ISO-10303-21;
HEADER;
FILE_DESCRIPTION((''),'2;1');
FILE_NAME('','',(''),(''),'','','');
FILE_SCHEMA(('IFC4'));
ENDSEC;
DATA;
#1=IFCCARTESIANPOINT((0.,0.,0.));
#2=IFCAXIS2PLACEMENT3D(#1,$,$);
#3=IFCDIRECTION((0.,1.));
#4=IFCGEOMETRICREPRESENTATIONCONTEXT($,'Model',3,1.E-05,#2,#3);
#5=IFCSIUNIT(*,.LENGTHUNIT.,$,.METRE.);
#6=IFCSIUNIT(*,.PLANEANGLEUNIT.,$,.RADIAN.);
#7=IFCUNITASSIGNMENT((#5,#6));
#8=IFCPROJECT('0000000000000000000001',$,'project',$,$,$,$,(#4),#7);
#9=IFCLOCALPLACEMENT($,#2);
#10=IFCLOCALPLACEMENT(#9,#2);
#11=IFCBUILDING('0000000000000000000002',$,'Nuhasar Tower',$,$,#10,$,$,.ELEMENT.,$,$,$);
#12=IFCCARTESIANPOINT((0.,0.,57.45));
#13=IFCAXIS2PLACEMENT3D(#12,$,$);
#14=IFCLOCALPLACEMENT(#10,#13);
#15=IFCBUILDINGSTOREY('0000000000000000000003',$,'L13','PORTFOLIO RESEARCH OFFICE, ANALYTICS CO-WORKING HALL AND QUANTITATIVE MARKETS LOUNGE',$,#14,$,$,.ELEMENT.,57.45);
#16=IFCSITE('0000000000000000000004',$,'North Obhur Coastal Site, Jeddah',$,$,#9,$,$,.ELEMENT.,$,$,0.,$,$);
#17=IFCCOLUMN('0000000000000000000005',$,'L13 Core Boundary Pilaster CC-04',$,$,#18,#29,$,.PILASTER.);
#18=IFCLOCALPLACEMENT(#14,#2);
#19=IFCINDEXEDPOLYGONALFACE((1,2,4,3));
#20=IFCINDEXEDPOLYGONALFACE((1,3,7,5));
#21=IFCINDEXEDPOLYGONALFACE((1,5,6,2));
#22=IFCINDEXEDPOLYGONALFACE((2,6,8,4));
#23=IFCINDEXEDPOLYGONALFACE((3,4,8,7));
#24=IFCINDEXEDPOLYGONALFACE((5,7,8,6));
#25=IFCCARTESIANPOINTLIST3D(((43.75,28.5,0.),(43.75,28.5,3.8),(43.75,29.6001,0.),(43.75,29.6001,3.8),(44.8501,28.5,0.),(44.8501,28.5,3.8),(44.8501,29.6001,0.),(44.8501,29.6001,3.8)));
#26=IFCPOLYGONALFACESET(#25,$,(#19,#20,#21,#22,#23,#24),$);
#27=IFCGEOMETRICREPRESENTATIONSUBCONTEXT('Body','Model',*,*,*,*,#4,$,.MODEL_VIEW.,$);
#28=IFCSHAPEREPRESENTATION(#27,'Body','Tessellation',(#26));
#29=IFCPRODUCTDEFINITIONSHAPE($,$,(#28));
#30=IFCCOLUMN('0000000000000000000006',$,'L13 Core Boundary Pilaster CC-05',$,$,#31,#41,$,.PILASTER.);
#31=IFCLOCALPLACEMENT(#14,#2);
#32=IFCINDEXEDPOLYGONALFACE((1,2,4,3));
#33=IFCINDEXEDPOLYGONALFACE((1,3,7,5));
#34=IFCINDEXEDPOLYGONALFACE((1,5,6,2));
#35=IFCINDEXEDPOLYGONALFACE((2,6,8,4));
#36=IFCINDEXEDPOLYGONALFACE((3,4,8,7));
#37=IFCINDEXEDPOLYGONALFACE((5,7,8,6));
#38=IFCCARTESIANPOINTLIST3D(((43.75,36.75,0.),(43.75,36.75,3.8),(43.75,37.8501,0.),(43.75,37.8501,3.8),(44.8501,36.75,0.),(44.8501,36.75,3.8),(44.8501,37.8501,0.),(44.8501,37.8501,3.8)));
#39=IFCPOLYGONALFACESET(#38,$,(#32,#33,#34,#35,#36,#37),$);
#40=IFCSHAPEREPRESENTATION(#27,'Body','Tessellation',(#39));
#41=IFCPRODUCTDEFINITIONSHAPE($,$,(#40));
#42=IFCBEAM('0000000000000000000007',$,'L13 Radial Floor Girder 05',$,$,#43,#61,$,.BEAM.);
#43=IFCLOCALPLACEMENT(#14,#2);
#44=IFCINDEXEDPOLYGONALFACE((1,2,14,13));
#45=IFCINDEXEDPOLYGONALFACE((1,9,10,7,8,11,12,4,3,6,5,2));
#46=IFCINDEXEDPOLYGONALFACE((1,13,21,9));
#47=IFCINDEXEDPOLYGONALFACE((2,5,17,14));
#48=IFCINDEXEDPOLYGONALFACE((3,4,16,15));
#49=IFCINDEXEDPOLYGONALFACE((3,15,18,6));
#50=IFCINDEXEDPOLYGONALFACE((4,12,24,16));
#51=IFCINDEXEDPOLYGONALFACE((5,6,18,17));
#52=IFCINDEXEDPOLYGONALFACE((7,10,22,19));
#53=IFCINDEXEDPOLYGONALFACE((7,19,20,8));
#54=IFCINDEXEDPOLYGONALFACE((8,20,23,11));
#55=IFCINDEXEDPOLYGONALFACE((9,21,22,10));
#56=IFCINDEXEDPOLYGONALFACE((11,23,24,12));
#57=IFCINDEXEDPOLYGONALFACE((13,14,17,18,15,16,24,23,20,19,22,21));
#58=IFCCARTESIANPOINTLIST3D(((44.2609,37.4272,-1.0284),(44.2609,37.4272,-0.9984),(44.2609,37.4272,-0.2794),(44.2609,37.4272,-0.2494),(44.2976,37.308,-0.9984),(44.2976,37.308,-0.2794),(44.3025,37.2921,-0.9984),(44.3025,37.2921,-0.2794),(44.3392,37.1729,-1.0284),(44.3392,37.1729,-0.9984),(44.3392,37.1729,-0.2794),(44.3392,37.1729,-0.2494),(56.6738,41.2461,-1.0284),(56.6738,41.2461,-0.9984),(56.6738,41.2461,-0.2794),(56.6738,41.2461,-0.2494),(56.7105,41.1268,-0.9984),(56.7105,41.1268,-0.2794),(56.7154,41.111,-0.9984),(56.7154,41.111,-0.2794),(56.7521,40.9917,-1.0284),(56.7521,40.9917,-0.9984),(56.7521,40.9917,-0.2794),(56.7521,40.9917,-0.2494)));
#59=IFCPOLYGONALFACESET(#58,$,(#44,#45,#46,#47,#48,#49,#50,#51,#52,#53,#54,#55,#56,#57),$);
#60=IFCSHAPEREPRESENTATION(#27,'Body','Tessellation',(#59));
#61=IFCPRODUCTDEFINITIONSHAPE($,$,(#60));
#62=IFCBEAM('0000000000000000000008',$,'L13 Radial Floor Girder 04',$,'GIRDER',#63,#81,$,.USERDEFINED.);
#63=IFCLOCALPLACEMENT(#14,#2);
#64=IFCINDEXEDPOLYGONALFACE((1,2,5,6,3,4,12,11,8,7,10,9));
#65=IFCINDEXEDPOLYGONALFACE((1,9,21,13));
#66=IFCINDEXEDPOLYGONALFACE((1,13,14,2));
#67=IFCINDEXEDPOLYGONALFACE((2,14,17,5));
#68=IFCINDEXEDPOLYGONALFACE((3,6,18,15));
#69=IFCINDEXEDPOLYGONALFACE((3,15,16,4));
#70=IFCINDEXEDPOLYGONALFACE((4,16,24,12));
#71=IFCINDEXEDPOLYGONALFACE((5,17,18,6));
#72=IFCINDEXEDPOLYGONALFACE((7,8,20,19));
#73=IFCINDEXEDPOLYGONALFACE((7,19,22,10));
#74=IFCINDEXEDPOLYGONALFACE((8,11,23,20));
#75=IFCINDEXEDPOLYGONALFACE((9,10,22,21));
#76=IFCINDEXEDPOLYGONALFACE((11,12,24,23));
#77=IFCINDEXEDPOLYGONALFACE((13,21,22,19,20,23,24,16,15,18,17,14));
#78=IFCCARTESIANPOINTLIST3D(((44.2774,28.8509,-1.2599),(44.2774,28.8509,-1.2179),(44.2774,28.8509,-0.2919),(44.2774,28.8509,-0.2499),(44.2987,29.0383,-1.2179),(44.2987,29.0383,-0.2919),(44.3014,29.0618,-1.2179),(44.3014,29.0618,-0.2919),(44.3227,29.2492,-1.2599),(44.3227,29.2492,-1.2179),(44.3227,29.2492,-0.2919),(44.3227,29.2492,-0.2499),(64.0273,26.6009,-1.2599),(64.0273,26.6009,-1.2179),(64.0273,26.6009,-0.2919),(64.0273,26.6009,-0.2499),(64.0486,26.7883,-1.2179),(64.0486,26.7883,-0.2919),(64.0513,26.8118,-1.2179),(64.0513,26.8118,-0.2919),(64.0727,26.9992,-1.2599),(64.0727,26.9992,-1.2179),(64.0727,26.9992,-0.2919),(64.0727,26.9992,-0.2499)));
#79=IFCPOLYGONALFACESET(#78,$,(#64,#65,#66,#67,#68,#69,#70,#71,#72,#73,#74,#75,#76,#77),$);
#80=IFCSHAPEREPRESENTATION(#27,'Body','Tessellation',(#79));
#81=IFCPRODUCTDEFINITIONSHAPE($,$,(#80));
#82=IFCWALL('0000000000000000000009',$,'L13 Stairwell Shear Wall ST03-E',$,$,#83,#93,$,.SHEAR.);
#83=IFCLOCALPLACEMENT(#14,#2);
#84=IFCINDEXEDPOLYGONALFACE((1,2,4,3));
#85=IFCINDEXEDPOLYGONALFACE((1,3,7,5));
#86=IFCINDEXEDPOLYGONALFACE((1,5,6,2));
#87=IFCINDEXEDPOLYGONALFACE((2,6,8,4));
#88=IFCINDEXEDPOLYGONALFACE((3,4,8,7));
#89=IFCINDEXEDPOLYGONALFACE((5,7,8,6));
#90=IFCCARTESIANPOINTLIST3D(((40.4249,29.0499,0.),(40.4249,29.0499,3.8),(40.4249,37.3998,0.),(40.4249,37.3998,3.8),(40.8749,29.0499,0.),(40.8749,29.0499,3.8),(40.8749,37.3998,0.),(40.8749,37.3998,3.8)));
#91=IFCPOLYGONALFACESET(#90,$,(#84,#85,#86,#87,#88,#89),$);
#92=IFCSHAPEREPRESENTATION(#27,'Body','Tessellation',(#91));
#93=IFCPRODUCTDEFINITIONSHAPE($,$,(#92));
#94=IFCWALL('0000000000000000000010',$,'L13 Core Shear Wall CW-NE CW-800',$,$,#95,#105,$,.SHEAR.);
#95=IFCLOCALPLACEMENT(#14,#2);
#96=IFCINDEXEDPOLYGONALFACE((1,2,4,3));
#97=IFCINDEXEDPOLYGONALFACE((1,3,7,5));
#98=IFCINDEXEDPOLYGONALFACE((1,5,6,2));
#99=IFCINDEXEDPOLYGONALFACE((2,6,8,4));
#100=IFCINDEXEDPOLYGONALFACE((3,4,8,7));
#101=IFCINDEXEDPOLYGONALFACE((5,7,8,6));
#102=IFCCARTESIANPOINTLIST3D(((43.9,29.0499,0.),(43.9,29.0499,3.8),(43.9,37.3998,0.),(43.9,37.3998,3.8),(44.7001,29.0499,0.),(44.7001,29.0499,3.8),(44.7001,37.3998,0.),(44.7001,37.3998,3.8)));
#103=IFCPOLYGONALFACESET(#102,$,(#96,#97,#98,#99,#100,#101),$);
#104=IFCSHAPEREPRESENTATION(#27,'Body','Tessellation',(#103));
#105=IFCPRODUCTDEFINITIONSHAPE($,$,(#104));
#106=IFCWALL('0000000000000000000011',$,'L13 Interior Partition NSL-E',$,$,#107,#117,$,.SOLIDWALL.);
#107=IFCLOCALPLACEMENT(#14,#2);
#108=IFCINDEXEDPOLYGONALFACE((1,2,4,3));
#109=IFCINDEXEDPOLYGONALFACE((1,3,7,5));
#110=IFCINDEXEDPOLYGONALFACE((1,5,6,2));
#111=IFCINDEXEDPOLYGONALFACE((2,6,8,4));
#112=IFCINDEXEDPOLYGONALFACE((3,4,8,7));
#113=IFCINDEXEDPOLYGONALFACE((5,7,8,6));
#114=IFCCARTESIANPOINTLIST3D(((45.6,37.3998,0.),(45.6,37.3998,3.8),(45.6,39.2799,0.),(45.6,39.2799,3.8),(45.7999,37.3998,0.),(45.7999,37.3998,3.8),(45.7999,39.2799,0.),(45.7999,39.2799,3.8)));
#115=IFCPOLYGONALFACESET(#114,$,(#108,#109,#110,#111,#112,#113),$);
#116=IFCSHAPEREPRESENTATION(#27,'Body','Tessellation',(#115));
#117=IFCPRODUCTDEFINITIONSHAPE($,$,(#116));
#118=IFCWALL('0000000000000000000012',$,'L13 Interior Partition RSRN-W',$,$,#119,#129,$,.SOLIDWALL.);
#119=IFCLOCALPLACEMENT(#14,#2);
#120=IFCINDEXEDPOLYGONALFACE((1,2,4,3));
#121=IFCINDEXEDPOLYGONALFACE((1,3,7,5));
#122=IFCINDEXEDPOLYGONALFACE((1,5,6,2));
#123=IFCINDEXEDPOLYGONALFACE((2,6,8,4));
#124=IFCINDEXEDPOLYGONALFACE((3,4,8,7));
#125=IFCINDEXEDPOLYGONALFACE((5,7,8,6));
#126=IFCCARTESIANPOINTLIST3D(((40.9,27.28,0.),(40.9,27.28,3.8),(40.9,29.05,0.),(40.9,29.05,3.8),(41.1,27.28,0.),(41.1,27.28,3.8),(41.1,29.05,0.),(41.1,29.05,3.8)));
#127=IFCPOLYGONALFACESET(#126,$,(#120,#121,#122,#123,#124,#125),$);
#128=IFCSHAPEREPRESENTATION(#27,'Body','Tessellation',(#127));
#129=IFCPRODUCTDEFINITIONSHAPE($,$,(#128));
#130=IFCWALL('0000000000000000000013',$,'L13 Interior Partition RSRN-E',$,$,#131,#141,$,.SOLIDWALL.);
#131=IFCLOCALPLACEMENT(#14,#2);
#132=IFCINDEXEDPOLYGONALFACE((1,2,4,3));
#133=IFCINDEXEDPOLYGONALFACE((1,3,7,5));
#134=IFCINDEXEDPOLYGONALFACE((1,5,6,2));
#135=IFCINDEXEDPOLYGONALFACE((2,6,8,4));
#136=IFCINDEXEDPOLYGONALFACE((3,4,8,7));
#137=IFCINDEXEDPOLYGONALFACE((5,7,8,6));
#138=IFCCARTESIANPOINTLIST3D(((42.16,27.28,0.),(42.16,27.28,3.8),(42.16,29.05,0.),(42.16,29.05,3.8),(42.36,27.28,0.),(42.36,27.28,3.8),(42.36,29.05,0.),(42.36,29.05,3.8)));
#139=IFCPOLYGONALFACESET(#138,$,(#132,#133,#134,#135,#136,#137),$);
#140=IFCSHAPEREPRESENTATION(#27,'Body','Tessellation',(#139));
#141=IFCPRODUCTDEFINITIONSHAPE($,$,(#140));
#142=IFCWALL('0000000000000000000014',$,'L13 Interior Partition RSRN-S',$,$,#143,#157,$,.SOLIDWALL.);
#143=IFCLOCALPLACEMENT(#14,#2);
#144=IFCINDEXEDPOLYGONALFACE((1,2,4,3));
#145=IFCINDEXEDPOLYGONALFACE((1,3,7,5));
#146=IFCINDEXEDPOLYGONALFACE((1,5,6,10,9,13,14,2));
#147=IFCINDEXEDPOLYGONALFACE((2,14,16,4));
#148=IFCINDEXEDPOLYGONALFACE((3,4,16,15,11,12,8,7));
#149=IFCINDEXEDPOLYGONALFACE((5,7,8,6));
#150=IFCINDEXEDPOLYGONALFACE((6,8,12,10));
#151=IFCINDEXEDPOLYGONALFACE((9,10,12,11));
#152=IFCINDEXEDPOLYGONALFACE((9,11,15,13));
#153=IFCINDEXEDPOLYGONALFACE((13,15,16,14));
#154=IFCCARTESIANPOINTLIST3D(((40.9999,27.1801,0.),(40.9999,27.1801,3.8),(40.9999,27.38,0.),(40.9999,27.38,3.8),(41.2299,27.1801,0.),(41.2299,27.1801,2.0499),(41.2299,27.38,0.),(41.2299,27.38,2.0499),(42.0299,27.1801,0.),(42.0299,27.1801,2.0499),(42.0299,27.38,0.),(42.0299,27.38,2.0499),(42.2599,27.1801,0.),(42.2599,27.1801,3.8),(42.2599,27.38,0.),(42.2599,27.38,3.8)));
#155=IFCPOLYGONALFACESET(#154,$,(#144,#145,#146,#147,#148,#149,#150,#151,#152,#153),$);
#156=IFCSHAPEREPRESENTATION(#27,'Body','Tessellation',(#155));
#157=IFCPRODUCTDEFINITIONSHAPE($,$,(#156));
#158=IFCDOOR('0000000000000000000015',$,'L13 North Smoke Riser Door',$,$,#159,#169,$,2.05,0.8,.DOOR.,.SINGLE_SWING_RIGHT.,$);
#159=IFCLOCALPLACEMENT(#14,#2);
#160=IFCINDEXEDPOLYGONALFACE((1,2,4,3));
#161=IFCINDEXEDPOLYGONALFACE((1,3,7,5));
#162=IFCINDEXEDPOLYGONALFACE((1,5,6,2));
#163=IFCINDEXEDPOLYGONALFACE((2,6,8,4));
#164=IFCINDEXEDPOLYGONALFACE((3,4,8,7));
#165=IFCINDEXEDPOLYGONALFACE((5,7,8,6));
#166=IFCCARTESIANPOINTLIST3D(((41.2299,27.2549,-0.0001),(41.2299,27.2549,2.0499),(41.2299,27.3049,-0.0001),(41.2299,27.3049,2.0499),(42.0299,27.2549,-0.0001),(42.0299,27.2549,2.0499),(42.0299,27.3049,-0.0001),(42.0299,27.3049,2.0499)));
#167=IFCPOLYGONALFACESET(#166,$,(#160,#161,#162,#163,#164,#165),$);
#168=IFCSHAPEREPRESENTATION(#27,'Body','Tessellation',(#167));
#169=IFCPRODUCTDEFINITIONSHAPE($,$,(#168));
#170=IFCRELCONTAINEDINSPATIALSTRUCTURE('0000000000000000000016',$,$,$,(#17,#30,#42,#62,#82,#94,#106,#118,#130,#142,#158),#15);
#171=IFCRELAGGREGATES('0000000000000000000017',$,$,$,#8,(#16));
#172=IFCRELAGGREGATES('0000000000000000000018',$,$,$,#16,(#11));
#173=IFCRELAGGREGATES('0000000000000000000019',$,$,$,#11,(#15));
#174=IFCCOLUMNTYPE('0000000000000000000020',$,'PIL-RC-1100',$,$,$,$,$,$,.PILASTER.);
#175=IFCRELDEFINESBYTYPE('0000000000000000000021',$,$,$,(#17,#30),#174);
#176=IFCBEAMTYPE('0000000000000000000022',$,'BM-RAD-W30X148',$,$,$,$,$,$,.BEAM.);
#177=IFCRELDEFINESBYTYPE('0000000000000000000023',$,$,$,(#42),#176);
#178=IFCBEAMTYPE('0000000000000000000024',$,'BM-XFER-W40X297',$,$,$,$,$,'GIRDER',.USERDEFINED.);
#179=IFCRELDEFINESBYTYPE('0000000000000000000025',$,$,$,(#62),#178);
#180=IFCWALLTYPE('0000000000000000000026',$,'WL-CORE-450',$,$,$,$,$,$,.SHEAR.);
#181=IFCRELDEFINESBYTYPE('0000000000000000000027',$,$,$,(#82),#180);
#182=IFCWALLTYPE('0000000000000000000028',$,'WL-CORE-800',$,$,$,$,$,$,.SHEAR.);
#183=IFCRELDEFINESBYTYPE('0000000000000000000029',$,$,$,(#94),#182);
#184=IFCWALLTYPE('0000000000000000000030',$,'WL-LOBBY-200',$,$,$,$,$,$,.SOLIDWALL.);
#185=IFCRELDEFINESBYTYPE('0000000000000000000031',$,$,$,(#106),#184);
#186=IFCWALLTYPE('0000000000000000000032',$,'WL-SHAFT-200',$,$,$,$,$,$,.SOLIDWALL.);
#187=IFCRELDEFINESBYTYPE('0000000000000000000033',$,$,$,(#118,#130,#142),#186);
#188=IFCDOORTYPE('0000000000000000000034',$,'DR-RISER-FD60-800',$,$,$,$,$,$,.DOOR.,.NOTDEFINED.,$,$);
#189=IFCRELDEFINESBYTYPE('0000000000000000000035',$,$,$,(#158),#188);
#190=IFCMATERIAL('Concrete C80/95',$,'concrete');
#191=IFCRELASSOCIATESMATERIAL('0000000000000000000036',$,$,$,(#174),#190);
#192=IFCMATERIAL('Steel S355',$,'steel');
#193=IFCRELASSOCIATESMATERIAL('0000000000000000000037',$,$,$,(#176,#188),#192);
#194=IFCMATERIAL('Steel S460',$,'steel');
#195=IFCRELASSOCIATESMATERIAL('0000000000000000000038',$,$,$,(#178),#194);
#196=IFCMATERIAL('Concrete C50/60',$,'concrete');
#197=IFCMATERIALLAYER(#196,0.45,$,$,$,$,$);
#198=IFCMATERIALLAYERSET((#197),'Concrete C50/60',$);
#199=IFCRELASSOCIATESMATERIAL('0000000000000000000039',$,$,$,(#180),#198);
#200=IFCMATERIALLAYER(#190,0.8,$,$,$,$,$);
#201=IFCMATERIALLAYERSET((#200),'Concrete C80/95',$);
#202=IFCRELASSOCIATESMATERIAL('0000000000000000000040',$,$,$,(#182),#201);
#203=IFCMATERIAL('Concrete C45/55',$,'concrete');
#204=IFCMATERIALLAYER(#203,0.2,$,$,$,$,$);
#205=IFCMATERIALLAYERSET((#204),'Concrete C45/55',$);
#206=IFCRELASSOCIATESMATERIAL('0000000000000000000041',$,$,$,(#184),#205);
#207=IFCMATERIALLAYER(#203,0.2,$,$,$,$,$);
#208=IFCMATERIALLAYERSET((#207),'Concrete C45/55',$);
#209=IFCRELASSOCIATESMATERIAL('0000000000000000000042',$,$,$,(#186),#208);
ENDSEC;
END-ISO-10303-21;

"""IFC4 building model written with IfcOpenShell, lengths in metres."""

from ifc_helpers import new_model, si_unit, direction, frame, frame_2d, origin, origin_2d, place, context, subcontext, project, spatial, rectangle, i_section, extrude, material, layer, layer_set, material_profile, profile_set, type_object, element, fill, save


model = new_model("IFC4")

# Units and contexts
model_context = context("Model", 3, precision=1e-05, world=origin(), true_north=direction((0.0, 1.0)))
body_context = subcontext(model_context, "Body", "Model", "MODEL_VIEW")
ifc_project = project(units=[si_unit("LENGTHUNIT", "METRE"), si_unit("PLANEANGLEUNIT", "RADIAN")], contexts=[model_context])

# Site, building, storey
site_placement = place(None, origin())
site = spatial("IfcSite", under=ifc_project, at=site_placement, Name="North Obhur Coastal Site, Jeddah", CompositionType="ELEMENT", RefElevation=0.0)
building_placement = place(site_placement, origin())
building = spatial("IfcBuilding", under=site, at=building_placement, Name="Nuhasar Tower", CompositionType="ELEMENT")
storey_placement = place(building_placement, frame((0.0, 0.0, 57.45)))
storey = spatial("IfcBuildingStorey", under=building, at=storey_placement, Name="L13", Description="PORTFOLIO RESEARCH OFFICE, ANALYTICS CO-WORKING HALL AND QUANTITATIVE MARKETS LOUNGE", CompositionType="ELEMENT", Elevation=57.45)

# Columns
ifc_material_1 = material(Name="Concrete C80/95", Category="concrete")
ifc_material_profile_1 = material_profile(ifc_material_1, rectangle(XDim=1.1001, YDim=1.1001, at=origin_2d()), Name="RC1100X1100")
ifc_profile_set_1 = profile_set([ifc_material_profile_1], Name="Concrete C80/95")
column_type = type_object("IfcColumnType", Name="PIL-RC-1100", PredefinedType="PILASTER", material=ifc_profile_set_1)
for number, where, z_axis, x_axis, name in (
    (1, (44.3, 29.05, 0.0), (0.0, 0.0, 1.0), (1.0, 0.0, 0.0), "L13 Core Boundary Pilaster CC-04"),
    (2, (44.3, 37.3, 0.0), (0.0, 0.0, 1.0), (1.0, 0.0, 0.0), "L13 Core Boundary Pilaster CC-05"),
):
    element("IfcColumn", number, at=place(storey_placement, frame(where, z_axis=z_axis, x_axis=x_axis)), inside=storey, type_object=column_type, Name=name, PredefinedType="PILASTER", context=body_context, shape_type="SweptSolid", body=[
        extrude(rectangle(XDim=1.1001, YDim=1.1001, at=origin_2d()), origin(), (0.0, 0.0, 1.0), 3.8),
    ])

# Beams
ifc_material_2 = material(Name="Steel S355", Category="steel")
ifc_material_profile_2 = material_profile(ifc_material_2, i_section(OverallWidth=0.2661, OverallDepth=0.7791, WebThickness=0.0166, FlangeThickness=0.03, at=origin_2d()), Name="W30X148")
ifc_profile_set_2 = profile_set([ifc_material_profile_2], Name="Steel S355")
beam_type_1 = type_object("IfcBeamType", Name="BM-RAD-W30X148", PredefinedType="BEAM", material=ifc_profile_set_2)
beam_1_placement = place(storey_placement, frame((44.3, 37.3, -0.6389), z_axis=(0.95579, 0.294052, 0.0), x_axis=(-0.294052, 0.95579, 0.0)))
element("IfcBeam", 3, at=beam_1_placement, inside=storey, type_object=beam_type_1, Name="L13 Radial Floor Girder 05", PredefinedType="BEAM", context=body_context, shape_type="SweptSolid", body=[
    extrude(i_section(OverallWidth=0.2661, OverallDepth=0.7791, WebThickness=0.0166, FlangeThickness=0.03, at=origin_2d()), origin(), (0.0, 0.0, 1.0), 12.9871),
])
ifc_material_3 = material(Name="Steel S460", Category="steel")
ifc_material_profile_3 = material_profile(ifc_material_3, i_section(OverallWidth=0.4009, OverallDepth=1.01, WebThickness=0.0237, FlangeThickness=0.042, at=origin_2d()), Name="W40X297")
ifc_profile_set_3 = profile_set([ifc_material_profile_3], Name="Steel S460")
beam_type_2 = type_object("IfcBeamType", Name="BM-XFER-W40X297", ElementType="GIRDER", PredefinedType="USERDEFINED", material=ifc_profile_set_3)
beam_2_placement = place(storey_placement, frame((44.3, 29.05, -0.7549), z_axis=(0.993573, -0.113192, 0.0), x_axis=(0.113192, 0.993573, 0.0)))
element("IfcBeam", 4, at=beam_2_placement, inside=storey, type_object=beam_type_2, Name="L13 Radial Floor Girder 04", ObjectType="GIRDER", PredefinedType="USERDEFINED", context=body_context, shape_type="SweptSolid", body=[
    extrude(i_section(OverallWidth=0.4009, OverallDepth=1.01, WebThickness=0.0237, FlangeThickness=0.042, at=origin_2d()), origin(), (0.0, 0.0, 1.0), 19.8777),
])

# Shared definitions
ifc_material_4 = material(Name="Concrete C50/60", Category="concrete")
ifc_layer_1 = layer(ifc_material_4, 0.45)
ifc_layer_set_1 = layer_set([ifc_layer_1], Name="Concrete C50/60")
wall_type_1 = type_object("IfcWallType", Name="WL-CORE-450", PredefinedType="SHEAR", material=ifc_layer_set_1)

# Wall
wall_1_placement = place(storey_placement, frame((40.6499, 29.05, 0.0), z_axis=(0.0, 0.0, 1.0), x_axis=(0.0, 1.0, 0.0)))
element("IfcWall", 5, at=wall_1_placement, inside=storey, type_object=wall_type_1, Name="L13 Stairwell Shear Wall ST03-E", PredefinedType="SHEAR", context=body_context, shape_type="SweptSolid", body=[
    extrude(rectangle(XDim=8.3499, YDim=0.45, at=frame_2d((4.1748, 0.0))), origin(), (0.0, 0.0, 1.0), 3.8),
])

# Walls
ifc_layer_2 = layer(ifc_material_1, 0.8)
ifc_layer_set_2 = layer_set([ifc_layer_2], Name="Concrete C80/95")
wall_type_2 = type_object("IfcWallType", Name="WL-CORE-800", PredefinedType="SHEAR", material=ifc_layer_set_2)
wall_2_placement = place(storey_placement, frame((44.3, 29.05, 0.0), z_axis=(0.0, 0.0, 1.0), x_axis=(0.0, 1.0, 0.0)))
element("IfcWall", 6, at=wall_2_placement, inside=storey, type_object=wall_type_2, Name="L13 Core Shear Wall CW-NE CW-800", PredefinedType="SHEAR", context=body_context, shape_type="SweptSolid", body=[
    extrude(rectangle(XDim=8.3499, YDim=0.8, at=frame_2d((4.1748, 0.0))), origin(), (0.0, 0.0, 1.0), 3.8),
])
ifc_material_5 = material(Name="Concrete C45/55", Category="concrete")
ifc_layer_3 = layer(ifc_material_5, 0.2)
ifc_layer_set_3 = layer_set([ifc_layer_3], Name="Concrete C45/55")
wall_type_3 = type_object("IfcWallType", Name="WL-LOBBY-200", PredefinedType="SOLIDWALL", material=ifc_layer_set_3)
wall_3_placement = place(storey_placement, frame((45.7, 37.3999, 0.0), z_axis=(0.0, 0.0, 1.0), x_axis=(0.0, 1.0, 0.0)))
element("IfcWall", 7, at=wall_3_placement, inside=storey, type_object=wall_type_3, Name="L13 Interior Partition NSL-E", PredefinedType="SOLIDWALL", context=body_context, shape_type="SweptSolid", body=[
    extrude(rectangle(XDim=1.8801, YDim=0.2, at=frame_2d((0.9399, 0.0))), origin(), (0.0, 0.0, 1.0), 3.8),
])
ifc_layer_4 = layer(ifc_material_5, 0.2)
ifc_layer_set_4 = layer_set([ifc_layer_4], Name="Concrete C45/55")
wall_type_4 = type_object("IfcWallType", Name="WL-SHAFT-200", PredefinedType="SOLIDWALL", material=ifc_layer_set_4)
for number, where, z_axis, x_axis, name in (
    (8, (41.0, 27.28, 0.0), (0.0, 0.0, 1.0), (0.0, 1.0, 0.0), "L13 Interior Partition RSRN-W"),
    (9, (42.26, 27.28, 0.0), (0.0, 0.0, 1.0), (0.0, 1.0, 0.0), "L13 Interior Partition RSRN-E"),
):
    element("IfcWall", number, at=place(storey_placement, frame(where, z_axis=z_axis, x_axis=x_axis)), inside=storey, type_object=wall_type_4, Name=name, PredefinedType="SOLIDWALL", context=body_context, shape_type="SweptSolid", body=[
        extrude(rectangle(XDim=1.77, YDim=0.2, at=frame_2d((0.885, 0.0))), origin(), (0.0, 0.0, 1.0), 3.8),
    ])

# Wall, opening, door
wall_4_placement = place(storey_placement, frame((41.0, 27.28, 0.0), z_axis=(0.0, 0.0, 1.0), x_axis=(1.0, 0.0, 0.0)))
wall_4 = element("IfcWall", 10, at=wall_4_placement, inside=storey, type_object=wall_type_4, Name="L13 Interior Partition RSRN-S", PredefinedType="SOLIDWALL", context=body_context, shape_type="SweptSolid", body=[
    extrude(rectangle(XDim=1.26, YDim=0.2, at=frame_2d((0.6299, 0.0))), origin(), (0.0, 0.0, 1.0), 3.8),
])
opening_1_placement = place(wall_4_placement, frame((0.23, 0.0, 0.0)))
opening_1 = element("IfcOpeningElement", 11, at=opening_1_placement, cuts=wall_4, PredefinedType="OPENING", context=body_context, shape_type="SweptSolid", body=[
    extrude(rectangle(XDim=0.8, YDim=2.05, at=frame_2d((0.3999, 1.0249))), frame((0.0, 0.1099, 0.0), z_axis=(0.0, -1.0, 0.0), x_axis=(1.0, 0.0, 0.0)), (0.0, 0.0, 1.0), 0.22),
])
door_type_1 = type_object("IfcDoorType", Name="DR-RISER-FD60-800", OperationType="NOTDEFINED", PredefinedType="DOOR", material=ifc_material_2)
door_1_placement = place(opening_1_placement, origin())
door_1 = element("IfcDoor", 12, at=door_1_placement, inside=storey, type_object=door_type_1, Name="L13 North Smoke Riser Door", OperationType="SINGLE_SWING_RIGHT", OverallHeight=2.05, OverallWidth=0.8, PredefinedType="DOOR", context=body_context, shape_type="SweptSolid", body=[
    extrude(rectangle(XDim=0.8, YDim=2.05, at=frame_2d((0.3999, 1.0249))), frame((0.0, 0.0249, 0.0), z_axis=(0.0, -1.0, 0.0), x_axis=(1.0, 0.0, 0.0)), (0.0, 0.0, 1.0), 0.05),
])
fill(opening_1, door_1)

save(model, "model.ifc")
